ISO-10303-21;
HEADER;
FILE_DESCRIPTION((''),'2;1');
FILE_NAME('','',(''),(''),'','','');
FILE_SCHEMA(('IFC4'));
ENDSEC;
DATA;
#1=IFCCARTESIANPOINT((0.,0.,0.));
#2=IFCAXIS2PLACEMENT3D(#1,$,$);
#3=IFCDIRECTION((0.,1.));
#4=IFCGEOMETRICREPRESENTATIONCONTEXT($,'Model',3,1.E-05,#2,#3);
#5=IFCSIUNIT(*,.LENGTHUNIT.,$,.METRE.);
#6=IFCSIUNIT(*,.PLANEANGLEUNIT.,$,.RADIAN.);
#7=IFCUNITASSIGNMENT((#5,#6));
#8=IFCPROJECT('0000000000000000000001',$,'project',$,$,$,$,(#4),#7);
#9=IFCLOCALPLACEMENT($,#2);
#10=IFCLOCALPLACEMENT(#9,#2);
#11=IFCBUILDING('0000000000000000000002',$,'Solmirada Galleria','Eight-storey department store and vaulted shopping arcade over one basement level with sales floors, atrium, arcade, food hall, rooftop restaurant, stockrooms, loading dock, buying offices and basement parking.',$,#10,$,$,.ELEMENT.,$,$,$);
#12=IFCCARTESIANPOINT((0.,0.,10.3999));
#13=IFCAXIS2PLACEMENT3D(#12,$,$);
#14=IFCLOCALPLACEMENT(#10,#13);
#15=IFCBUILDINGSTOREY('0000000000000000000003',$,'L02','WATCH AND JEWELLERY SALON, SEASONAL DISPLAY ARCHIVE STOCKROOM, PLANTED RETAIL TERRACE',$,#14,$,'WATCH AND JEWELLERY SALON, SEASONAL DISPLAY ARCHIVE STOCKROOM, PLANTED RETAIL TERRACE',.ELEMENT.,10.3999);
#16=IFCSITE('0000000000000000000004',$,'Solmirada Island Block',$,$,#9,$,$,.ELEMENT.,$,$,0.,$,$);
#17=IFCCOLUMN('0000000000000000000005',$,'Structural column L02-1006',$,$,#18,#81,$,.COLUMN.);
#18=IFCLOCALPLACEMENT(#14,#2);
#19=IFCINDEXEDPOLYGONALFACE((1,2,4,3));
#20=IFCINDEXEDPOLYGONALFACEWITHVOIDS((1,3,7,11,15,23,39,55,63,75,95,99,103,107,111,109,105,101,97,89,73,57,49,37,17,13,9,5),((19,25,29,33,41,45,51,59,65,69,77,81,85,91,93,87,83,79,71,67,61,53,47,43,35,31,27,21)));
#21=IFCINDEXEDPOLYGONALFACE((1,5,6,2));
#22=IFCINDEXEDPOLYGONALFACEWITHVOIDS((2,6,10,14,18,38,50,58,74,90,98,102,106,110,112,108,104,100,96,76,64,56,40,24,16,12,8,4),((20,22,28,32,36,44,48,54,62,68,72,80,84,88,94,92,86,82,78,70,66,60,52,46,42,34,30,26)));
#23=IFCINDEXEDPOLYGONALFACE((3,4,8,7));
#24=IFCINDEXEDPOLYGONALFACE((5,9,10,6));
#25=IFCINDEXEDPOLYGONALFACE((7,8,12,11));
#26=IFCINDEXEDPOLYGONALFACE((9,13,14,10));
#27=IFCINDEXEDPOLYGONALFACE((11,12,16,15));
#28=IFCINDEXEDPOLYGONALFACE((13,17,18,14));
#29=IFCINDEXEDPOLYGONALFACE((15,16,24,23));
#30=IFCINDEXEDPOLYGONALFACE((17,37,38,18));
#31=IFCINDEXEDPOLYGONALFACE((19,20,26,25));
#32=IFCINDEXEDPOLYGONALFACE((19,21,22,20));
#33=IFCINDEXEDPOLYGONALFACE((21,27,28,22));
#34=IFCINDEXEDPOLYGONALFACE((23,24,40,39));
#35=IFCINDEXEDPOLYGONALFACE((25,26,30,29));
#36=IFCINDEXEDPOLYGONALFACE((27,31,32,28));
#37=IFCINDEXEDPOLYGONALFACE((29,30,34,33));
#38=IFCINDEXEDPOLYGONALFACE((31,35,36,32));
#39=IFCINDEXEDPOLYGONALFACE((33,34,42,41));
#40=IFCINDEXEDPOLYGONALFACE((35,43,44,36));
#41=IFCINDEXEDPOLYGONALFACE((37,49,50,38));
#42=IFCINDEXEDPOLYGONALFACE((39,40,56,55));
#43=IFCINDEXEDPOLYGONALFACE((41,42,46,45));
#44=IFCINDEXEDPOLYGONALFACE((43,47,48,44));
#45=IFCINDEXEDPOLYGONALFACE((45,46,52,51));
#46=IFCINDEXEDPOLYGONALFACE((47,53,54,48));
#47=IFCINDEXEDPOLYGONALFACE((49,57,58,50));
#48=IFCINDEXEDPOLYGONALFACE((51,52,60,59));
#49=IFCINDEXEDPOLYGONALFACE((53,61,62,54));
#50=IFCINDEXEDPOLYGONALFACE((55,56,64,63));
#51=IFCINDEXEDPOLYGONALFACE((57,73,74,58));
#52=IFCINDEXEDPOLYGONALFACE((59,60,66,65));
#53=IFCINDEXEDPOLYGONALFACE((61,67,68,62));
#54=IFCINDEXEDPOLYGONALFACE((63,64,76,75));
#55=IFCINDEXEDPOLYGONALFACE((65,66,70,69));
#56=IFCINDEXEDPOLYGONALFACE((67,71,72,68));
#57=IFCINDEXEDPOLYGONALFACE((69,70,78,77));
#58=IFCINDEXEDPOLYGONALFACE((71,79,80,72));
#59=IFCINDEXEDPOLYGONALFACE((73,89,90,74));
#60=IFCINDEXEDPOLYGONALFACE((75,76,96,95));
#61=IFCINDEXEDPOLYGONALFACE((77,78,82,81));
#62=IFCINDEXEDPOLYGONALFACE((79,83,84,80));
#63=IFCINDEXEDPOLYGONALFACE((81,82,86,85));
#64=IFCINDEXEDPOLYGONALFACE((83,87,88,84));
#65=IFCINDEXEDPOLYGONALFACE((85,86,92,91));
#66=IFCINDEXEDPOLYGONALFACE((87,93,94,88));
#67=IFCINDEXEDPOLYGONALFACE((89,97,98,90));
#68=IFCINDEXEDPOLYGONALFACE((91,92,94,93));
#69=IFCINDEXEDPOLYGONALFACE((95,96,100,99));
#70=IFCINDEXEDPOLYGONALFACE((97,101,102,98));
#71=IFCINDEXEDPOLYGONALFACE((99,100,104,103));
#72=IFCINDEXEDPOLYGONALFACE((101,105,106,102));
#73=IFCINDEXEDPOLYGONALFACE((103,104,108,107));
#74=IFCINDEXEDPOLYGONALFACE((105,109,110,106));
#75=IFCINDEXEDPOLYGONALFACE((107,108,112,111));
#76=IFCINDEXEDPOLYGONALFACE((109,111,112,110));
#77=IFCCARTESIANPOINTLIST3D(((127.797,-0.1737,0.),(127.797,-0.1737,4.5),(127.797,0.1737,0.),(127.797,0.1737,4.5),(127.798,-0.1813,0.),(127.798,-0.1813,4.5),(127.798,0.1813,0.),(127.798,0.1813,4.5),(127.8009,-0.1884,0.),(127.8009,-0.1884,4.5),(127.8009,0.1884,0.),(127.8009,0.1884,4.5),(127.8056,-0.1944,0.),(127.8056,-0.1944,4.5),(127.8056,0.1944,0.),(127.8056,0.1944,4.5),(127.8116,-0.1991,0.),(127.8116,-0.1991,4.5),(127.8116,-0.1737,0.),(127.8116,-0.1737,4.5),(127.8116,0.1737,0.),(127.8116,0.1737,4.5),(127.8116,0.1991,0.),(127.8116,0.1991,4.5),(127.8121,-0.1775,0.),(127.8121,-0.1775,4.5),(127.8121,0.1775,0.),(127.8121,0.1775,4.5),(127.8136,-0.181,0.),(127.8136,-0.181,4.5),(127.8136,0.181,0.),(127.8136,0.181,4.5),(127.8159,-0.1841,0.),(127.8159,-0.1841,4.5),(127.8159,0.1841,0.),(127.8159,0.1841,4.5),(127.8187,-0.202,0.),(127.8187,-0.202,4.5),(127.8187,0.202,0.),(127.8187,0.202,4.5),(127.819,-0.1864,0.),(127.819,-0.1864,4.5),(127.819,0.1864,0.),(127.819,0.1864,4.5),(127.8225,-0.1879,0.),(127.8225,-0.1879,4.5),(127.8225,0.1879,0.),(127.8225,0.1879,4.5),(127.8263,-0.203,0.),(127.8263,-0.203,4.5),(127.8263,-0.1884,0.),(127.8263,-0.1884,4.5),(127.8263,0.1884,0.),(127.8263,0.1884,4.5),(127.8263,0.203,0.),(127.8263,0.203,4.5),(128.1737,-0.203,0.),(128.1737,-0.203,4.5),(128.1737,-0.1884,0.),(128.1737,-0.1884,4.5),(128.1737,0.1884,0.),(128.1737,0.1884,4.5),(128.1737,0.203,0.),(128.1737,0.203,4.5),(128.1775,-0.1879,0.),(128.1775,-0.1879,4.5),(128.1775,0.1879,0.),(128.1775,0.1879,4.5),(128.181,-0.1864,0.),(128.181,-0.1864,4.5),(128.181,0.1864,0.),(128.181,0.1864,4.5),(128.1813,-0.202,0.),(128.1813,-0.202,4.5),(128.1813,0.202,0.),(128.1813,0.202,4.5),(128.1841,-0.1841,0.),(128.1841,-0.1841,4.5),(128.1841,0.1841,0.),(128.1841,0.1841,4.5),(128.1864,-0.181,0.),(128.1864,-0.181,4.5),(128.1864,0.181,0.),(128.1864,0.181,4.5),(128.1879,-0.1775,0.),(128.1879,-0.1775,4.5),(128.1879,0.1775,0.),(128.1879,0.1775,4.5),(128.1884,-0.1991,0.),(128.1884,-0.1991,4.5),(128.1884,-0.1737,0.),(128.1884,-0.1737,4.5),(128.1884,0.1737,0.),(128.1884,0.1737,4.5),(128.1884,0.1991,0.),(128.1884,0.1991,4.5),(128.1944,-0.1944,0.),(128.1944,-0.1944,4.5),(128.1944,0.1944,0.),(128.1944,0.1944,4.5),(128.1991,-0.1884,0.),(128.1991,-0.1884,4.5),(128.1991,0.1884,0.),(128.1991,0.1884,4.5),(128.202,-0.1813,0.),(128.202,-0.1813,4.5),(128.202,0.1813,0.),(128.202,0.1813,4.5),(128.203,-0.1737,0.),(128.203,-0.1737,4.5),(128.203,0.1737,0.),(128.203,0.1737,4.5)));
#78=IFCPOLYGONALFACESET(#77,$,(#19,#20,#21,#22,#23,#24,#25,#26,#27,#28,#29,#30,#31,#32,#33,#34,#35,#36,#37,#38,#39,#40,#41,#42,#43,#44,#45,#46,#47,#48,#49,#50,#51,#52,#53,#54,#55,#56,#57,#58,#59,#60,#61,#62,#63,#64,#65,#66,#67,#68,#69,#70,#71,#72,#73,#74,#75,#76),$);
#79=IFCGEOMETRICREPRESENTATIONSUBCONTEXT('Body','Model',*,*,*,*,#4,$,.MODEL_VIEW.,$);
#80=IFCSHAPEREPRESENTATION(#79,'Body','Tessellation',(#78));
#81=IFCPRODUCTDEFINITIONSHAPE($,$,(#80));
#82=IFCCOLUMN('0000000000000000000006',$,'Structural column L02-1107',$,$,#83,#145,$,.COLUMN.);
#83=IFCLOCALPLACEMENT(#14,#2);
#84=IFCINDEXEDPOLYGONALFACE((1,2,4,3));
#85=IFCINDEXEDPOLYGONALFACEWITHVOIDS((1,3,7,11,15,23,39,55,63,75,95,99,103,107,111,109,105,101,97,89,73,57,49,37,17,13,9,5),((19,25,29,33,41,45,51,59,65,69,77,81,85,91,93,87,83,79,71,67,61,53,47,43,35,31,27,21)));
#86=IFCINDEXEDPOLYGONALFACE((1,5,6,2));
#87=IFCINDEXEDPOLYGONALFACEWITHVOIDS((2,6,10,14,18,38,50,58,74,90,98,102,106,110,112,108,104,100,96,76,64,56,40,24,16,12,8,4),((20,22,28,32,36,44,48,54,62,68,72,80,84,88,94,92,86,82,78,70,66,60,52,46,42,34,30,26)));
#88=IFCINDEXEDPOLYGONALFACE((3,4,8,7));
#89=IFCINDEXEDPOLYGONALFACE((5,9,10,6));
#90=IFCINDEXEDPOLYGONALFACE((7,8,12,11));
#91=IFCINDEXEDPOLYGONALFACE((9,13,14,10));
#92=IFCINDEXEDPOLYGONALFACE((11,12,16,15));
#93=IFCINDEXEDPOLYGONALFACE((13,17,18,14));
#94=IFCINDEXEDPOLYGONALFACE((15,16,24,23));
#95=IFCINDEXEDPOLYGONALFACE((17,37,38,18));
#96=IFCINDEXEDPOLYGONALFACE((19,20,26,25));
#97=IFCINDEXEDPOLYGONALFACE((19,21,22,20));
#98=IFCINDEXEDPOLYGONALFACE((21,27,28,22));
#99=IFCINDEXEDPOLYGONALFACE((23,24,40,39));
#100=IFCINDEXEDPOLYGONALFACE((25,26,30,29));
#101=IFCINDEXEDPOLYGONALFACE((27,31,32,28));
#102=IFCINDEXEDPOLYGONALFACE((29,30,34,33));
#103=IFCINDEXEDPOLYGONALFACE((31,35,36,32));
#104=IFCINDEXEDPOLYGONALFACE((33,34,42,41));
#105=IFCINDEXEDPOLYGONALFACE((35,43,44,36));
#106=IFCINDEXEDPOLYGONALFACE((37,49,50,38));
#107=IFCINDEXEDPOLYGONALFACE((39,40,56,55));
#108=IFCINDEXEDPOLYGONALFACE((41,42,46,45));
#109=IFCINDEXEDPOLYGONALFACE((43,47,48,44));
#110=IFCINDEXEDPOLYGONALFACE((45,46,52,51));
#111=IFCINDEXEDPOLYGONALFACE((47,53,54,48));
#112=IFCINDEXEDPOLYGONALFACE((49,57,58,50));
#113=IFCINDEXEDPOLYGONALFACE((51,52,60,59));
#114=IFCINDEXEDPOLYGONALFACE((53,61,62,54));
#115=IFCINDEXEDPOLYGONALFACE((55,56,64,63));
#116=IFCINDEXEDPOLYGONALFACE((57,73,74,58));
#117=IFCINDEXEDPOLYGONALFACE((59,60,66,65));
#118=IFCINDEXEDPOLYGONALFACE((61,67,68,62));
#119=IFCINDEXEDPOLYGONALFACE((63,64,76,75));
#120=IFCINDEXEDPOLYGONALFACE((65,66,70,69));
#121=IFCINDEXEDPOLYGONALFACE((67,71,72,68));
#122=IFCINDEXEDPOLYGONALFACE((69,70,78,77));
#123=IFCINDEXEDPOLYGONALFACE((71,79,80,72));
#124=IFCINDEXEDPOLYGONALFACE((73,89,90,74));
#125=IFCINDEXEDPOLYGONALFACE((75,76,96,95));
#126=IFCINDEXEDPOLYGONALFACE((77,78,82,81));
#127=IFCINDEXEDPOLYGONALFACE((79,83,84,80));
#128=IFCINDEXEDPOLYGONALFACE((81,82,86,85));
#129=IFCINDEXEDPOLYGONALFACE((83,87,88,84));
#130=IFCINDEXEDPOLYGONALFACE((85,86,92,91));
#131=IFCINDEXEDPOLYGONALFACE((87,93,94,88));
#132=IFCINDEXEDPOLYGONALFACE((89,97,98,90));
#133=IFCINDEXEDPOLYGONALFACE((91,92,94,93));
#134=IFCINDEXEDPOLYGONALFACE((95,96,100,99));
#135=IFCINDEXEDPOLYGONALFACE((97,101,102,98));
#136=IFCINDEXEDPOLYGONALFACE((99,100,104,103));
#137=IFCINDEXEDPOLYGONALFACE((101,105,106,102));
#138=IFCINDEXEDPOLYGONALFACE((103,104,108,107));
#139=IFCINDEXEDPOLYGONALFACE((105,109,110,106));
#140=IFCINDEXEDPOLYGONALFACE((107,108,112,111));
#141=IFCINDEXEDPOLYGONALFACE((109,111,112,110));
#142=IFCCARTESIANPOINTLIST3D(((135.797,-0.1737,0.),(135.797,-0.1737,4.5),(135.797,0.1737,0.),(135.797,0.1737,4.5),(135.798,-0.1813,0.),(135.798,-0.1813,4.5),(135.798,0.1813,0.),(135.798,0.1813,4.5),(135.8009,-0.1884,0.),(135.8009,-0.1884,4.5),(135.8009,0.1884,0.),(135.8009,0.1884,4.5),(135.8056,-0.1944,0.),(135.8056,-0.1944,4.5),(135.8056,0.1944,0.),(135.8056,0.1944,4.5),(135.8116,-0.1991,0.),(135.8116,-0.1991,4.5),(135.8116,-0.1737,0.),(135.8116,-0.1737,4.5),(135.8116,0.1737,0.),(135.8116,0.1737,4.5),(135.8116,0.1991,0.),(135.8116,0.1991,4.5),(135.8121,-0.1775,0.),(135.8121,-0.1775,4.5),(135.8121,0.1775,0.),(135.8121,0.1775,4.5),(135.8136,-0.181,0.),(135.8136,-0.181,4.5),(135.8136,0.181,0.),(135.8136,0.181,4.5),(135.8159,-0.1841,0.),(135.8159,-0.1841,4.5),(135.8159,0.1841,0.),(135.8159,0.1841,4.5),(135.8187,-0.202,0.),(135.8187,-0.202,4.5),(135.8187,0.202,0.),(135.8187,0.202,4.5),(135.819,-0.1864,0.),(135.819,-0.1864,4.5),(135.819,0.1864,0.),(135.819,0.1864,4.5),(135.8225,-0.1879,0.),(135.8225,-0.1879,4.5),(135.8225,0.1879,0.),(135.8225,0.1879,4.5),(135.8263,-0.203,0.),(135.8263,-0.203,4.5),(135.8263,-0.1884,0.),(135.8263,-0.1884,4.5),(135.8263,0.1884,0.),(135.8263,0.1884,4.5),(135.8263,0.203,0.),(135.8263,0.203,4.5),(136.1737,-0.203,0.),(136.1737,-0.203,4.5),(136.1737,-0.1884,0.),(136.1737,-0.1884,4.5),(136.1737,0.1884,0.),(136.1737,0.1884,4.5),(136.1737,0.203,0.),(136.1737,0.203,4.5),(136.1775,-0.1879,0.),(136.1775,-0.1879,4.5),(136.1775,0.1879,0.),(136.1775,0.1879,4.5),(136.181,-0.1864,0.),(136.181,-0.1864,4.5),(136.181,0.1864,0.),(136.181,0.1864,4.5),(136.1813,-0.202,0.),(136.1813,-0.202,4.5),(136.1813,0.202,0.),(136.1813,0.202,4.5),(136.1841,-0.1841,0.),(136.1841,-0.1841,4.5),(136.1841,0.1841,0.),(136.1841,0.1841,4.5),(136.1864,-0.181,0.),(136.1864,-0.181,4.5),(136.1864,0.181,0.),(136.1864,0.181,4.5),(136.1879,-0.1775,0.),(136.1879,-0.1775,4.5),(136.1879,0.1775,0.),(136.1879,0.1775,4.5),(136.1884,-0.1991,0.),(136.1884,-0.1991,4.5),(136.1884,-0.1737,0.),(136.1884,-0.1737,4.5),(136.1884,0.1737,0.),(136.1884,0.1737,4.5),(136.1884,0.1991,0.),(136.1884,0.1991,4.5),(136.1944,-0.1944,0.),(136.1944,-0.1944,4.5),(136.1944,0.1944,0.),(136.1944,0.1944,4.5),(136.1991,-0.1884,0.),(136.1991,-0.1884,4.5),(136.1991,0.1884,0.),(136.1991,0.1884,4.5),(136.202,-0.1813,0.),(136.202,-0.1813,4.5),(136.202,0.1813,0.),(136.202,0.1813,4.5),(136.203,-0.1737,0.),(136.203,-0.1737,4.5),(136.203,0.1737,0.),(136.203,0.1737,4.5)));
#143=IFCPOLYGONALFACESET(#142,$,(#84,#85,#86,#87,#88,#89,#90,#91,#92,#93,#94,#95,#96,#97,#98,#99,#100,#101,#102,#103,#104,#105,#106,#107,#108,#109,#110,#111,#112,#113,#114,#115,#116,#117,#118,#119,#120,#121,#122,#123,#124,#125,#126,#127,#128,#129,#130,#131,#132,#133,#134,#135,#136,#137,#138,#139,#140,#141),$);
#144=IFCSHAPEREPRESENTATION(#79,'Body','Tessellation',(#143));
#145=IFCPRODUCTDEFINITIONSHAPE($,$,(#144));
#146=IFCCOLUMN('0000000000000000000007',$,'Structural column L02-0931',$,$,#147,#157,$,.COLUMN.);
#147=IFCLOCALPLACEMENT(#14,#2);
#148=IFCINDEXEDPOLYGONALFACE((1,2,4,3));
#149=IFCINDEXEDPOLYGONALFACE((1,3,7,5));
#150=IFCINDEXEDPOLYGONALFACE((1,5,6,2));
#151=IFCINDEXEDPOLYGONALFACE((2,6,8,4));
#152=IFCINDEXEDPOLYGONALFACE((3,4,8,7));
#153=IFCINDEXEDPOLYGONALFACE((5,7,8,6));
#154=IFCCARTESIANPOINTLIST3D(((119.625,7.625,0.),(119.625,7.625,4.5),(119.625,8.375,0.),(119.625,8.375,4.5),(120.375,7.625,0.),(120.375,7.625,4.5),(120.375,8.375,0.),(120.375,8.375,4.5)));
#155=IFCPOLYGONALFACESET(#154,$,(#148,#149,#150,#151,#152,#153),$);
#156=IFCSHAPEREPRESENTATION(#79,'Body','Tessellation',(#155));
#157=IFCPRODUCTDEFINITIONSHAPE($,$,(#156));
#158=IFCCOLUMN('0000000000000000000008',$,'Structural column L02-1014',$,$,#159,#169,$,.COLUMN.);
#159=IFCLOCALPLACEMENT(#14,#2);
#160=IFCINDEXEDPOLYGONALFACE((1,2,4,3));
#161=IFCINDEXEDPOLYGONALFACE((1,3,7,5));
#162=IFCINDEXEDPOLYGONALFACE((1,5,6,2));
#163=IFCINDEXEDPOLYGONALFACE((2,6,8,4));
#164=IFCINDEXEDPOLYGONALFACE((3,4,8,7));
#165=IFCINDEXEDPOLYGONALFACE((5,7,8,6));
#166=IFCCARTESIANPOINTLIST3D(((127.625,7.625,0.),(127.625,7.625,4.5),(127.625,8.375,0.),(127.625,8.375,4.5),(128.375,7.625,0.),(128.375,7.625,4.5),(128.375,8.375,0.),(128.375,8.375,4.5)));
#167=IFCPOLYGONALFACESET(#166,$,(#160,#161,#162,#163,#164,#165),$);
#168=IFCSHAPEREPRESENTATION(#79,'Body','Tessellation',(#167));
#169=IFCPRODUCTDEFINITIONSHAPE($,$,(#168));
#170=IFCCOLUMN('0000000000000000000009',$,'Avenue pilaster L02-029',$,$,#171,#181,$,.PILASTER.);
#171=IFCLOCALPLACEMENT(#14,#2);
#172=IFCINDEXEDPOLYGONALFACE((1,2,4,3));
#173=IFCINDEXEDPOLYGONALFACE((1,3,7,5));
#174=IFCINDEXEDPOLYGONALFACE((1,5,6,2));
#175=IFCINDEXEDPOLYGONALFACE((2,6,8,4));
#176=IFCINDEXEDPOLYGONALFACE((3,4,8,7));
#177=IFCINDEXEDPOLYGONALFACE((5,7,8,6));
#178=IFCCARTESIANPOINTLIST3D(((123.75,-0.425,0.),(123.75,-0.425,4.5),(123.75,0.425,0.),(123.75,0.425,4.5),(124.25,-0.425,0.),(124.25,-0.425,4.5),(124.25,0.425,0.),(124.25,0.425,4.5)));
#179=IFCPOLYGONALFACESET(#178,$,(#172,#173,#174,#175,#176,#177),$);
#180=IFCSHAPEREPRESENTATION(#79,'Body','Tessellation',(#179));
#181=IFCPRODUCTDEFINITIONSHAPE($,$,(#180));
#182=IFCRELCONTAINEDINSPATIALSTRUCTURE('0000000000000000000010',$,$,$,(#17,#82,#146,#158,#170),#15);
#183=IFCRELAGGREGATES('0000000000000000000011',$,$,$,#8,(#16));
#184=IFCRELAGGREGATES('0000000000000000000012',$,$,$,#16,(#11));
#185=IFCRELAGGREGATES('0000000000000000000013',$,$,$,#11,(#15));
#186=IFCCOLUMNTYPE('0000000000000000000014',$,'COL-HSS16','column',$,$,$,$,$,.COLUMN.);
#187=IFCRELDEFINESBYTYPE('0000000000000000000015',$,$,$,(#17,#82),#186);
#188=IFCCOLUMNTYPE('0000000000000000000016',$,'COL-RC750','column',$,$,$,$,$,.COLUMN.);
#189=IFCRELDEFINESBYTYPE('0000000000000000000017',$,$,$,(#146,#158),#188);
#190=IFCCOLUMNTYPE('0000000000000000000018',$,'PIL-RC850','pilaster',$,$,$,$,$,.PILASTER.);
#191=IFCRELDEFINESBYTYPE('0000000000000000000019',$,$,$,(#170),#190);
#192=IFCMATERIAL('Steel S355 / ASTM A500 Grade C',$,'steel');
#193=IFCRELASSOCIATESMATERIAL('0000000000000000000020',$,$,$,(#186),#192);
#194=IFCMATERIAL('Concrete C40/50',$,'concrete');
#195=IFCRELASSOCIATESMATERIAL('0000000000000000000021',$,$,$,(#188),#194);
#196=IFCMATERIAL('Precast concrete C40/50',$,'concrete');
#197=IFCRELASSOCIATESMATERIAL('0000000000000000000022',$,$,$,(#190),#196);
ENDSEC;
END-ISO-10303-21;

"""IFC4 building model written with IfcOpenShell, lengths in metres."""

from ifc_helpers import new_model, si_unit, direction, frame, origin, origin_2d, place, context, subcontext, project, spatial, rectangle, hollow_rectangle, extrude, material, material_profile, profile_set, type_object, element, save


model = new_model("IFC4")

# Units and contexts
model_context = context("Model", 3, precision=1e-05, world=origin(), true_north=direction((0.0, 1.0)))
body_context = subcontext(model_context, "Body", "Model", "MODEL_VIEW")
ifc_project = project(units=[si_unit("LENGTHUNIT", "METRE"), si_unit("PLANEANGLEUNIT", "RADIAN")], contexts=[model_context])

# Site, building, storey
site_placement = place(None, origin())
site = spatial("IfcSite", under=ifc_project, at=site_placement, Name="Solmirada Island Block", CompositionType="ELEMENT", RefElevation=0.0)
building_placement = place(site_placement, origin())
building = spatial("IfcBuilding", under=site, at=building_placement, Name="Solmirada Galleria", Description="Eight-storey department store and vaulted shopping arcade over one basement level with sales floors, atrium, arcade, food hall, rooftop restaurant, stockrooms, loading dock, buying offices and basement parking.", CompositionType="ELEMENT")
storey_placement = place(building_placement, frame((0.0, 0.0, 10.3999)))
storey = spatial("IfcBuildingStorey", under=building, at=storey_placement, Name="L02", Description="WATCH AND JEWELLERY SALON, SEASONAL DISPLAY ARCHIVE STOCKROOM, PLANTED RETAIL TERRACE", LongName="WATCH AND JEWELLERY SALON, SEASONAL DISPLAY ARCHIVE STOCKROOM, PLANTED RETAIL TERRACE", CompositionType="ELEMENT", Elevation=10.3999)

# Columns
ifc_material_1 = material(Name="Steel S355 / ASTM A500 Grade C", Category="steel")
ifc_material_profile_1 = material_profile(ifc_material_1, hollow_rectangle(XDim=0.406, YDim=0.406, WallThickness=0.0146, InnerFilletRadius=0.0146, OuterFilletRadius=0.0293, at=origin_2d()), Name="HSS16X16X5/8")
ifc_profile_set_1 = profile_set([ifc_material_profile_1], Name="Steel S355 / ASTM A500 Grade C")
column_type_1 = type_object("IfcColumnType", Name="COL-HSS16", Description="column", PredefinedType="COLUMN", material=ifc_profile_set_1)
for number, where, z_axis, x_axis, name in (
    (1, (128.0, 0.0, 0.0), (0.0, 0.0, 1.0), (1.0, 0.0, 0.0), "Structural column L02-1006"),
    (2, (136.0, 0.0, 0.0), (0.0, 0.0, 1.0), (1.0, 0.0, 0.0), "Structural column L02-1107"),
):
    element("IfcColumn", number, at=place(storey_placement, frame(where, z_axis=z_axis, x_axis=x_axis)), inside=storey, type_object=column_type_1, Name=name, PredefinedType="COLUMN", context=body_context, shape_type="SweptSolid", body=[
        extrude(hollow_rectangle(XDim=0.406, YDim=0.406, WallThickness=0.0146, InnerFilletRadius=0.0146, OuterFilletRadius=0.0293, at=origin_2d()), origin(), (0.0, 0.0, 1.0), 4.5),
    ])
ifc_material_2 = material(Name="Concrete C40/50", Category="concrete")
ifc_material_profile_2 = material_profile(ifc_material_2, rectangle(XDim=0.75, YDim=0.75, at=origin_2d()), Name="RC750X750")
ifc_profile_set_2 = profile_set([ifc_material_profile_2], Name="Concrete C40/50")
column_type_2 = type_object("IfcColumnType", Name="COL-RC750", Description="column", PredefinedType="COLUMN", material=ifc_profile_set_2)
for number, where, z_axis, x_axis, name in (
    (3, (120.0, 8.0, 0.0), (0.0, 0.0, 1.0), (1.0, 0.0, 0.0), "Structural column L02-0931"),
    (4, (128.0, 8.0, 0.0), (0.0, 0.0, 1.0), (1.0, 0.0, 0.0), "Structural column L02-1014"),
):
    element("IfcColumn", number, at=place(storey_placement, frame(where, z_axis=z_axis, x_axis=x_axis)), inside=storey, type_object=column_type_2, Name=name, PredefinedType="COLUMN", context=body_context, shape_type="SweptSolid", body=[
        extrude(rectangle(XDim=0.75, YDim=0.75, at=origin_2d()), origin(), (0.0, 0.0, 1.0), 4.5),
    ])
ifc_material_3 = material(Name="Precast concrete C40/50", Category="concrete")
ifc_material_profile_3 = material_profile(ifc_material_3, rectangle(XDim=0.5, YDim=0.8501, at=origin_2d()), Name="RC850X500")
ifc_profile_set_3 = profile_set([ifc_material_profile_3], Name="Precast concrete C40/50")
column_type_3 = type_object("IfcColumnType", Name="PIL-RC850", Description="pilaster", PredefinedType="PILASTER", material=ifc_profile_set_3)
column_placement = place(storey_placement, frame((124.0, 0.0, 0.0), z_axis=(0.0, 0.0, 1.0), x_axis=(1.0, 0.0, 0.0)))
element("IfcColumn", 5, at=column_placement, inside=storey, type_object=column_type_3, Name="Avenue pilaster L02-029", PredefinedType="PILASTER", context=body_context, shape_type="SweptSolid", body=[
    extrude(rectangle(XDim=0.5, YDim=0.8501, at=origin_2d()), origin(), (0.0, 0.0, 1.0), 4.5),
])

save(model, "model.ifc")
